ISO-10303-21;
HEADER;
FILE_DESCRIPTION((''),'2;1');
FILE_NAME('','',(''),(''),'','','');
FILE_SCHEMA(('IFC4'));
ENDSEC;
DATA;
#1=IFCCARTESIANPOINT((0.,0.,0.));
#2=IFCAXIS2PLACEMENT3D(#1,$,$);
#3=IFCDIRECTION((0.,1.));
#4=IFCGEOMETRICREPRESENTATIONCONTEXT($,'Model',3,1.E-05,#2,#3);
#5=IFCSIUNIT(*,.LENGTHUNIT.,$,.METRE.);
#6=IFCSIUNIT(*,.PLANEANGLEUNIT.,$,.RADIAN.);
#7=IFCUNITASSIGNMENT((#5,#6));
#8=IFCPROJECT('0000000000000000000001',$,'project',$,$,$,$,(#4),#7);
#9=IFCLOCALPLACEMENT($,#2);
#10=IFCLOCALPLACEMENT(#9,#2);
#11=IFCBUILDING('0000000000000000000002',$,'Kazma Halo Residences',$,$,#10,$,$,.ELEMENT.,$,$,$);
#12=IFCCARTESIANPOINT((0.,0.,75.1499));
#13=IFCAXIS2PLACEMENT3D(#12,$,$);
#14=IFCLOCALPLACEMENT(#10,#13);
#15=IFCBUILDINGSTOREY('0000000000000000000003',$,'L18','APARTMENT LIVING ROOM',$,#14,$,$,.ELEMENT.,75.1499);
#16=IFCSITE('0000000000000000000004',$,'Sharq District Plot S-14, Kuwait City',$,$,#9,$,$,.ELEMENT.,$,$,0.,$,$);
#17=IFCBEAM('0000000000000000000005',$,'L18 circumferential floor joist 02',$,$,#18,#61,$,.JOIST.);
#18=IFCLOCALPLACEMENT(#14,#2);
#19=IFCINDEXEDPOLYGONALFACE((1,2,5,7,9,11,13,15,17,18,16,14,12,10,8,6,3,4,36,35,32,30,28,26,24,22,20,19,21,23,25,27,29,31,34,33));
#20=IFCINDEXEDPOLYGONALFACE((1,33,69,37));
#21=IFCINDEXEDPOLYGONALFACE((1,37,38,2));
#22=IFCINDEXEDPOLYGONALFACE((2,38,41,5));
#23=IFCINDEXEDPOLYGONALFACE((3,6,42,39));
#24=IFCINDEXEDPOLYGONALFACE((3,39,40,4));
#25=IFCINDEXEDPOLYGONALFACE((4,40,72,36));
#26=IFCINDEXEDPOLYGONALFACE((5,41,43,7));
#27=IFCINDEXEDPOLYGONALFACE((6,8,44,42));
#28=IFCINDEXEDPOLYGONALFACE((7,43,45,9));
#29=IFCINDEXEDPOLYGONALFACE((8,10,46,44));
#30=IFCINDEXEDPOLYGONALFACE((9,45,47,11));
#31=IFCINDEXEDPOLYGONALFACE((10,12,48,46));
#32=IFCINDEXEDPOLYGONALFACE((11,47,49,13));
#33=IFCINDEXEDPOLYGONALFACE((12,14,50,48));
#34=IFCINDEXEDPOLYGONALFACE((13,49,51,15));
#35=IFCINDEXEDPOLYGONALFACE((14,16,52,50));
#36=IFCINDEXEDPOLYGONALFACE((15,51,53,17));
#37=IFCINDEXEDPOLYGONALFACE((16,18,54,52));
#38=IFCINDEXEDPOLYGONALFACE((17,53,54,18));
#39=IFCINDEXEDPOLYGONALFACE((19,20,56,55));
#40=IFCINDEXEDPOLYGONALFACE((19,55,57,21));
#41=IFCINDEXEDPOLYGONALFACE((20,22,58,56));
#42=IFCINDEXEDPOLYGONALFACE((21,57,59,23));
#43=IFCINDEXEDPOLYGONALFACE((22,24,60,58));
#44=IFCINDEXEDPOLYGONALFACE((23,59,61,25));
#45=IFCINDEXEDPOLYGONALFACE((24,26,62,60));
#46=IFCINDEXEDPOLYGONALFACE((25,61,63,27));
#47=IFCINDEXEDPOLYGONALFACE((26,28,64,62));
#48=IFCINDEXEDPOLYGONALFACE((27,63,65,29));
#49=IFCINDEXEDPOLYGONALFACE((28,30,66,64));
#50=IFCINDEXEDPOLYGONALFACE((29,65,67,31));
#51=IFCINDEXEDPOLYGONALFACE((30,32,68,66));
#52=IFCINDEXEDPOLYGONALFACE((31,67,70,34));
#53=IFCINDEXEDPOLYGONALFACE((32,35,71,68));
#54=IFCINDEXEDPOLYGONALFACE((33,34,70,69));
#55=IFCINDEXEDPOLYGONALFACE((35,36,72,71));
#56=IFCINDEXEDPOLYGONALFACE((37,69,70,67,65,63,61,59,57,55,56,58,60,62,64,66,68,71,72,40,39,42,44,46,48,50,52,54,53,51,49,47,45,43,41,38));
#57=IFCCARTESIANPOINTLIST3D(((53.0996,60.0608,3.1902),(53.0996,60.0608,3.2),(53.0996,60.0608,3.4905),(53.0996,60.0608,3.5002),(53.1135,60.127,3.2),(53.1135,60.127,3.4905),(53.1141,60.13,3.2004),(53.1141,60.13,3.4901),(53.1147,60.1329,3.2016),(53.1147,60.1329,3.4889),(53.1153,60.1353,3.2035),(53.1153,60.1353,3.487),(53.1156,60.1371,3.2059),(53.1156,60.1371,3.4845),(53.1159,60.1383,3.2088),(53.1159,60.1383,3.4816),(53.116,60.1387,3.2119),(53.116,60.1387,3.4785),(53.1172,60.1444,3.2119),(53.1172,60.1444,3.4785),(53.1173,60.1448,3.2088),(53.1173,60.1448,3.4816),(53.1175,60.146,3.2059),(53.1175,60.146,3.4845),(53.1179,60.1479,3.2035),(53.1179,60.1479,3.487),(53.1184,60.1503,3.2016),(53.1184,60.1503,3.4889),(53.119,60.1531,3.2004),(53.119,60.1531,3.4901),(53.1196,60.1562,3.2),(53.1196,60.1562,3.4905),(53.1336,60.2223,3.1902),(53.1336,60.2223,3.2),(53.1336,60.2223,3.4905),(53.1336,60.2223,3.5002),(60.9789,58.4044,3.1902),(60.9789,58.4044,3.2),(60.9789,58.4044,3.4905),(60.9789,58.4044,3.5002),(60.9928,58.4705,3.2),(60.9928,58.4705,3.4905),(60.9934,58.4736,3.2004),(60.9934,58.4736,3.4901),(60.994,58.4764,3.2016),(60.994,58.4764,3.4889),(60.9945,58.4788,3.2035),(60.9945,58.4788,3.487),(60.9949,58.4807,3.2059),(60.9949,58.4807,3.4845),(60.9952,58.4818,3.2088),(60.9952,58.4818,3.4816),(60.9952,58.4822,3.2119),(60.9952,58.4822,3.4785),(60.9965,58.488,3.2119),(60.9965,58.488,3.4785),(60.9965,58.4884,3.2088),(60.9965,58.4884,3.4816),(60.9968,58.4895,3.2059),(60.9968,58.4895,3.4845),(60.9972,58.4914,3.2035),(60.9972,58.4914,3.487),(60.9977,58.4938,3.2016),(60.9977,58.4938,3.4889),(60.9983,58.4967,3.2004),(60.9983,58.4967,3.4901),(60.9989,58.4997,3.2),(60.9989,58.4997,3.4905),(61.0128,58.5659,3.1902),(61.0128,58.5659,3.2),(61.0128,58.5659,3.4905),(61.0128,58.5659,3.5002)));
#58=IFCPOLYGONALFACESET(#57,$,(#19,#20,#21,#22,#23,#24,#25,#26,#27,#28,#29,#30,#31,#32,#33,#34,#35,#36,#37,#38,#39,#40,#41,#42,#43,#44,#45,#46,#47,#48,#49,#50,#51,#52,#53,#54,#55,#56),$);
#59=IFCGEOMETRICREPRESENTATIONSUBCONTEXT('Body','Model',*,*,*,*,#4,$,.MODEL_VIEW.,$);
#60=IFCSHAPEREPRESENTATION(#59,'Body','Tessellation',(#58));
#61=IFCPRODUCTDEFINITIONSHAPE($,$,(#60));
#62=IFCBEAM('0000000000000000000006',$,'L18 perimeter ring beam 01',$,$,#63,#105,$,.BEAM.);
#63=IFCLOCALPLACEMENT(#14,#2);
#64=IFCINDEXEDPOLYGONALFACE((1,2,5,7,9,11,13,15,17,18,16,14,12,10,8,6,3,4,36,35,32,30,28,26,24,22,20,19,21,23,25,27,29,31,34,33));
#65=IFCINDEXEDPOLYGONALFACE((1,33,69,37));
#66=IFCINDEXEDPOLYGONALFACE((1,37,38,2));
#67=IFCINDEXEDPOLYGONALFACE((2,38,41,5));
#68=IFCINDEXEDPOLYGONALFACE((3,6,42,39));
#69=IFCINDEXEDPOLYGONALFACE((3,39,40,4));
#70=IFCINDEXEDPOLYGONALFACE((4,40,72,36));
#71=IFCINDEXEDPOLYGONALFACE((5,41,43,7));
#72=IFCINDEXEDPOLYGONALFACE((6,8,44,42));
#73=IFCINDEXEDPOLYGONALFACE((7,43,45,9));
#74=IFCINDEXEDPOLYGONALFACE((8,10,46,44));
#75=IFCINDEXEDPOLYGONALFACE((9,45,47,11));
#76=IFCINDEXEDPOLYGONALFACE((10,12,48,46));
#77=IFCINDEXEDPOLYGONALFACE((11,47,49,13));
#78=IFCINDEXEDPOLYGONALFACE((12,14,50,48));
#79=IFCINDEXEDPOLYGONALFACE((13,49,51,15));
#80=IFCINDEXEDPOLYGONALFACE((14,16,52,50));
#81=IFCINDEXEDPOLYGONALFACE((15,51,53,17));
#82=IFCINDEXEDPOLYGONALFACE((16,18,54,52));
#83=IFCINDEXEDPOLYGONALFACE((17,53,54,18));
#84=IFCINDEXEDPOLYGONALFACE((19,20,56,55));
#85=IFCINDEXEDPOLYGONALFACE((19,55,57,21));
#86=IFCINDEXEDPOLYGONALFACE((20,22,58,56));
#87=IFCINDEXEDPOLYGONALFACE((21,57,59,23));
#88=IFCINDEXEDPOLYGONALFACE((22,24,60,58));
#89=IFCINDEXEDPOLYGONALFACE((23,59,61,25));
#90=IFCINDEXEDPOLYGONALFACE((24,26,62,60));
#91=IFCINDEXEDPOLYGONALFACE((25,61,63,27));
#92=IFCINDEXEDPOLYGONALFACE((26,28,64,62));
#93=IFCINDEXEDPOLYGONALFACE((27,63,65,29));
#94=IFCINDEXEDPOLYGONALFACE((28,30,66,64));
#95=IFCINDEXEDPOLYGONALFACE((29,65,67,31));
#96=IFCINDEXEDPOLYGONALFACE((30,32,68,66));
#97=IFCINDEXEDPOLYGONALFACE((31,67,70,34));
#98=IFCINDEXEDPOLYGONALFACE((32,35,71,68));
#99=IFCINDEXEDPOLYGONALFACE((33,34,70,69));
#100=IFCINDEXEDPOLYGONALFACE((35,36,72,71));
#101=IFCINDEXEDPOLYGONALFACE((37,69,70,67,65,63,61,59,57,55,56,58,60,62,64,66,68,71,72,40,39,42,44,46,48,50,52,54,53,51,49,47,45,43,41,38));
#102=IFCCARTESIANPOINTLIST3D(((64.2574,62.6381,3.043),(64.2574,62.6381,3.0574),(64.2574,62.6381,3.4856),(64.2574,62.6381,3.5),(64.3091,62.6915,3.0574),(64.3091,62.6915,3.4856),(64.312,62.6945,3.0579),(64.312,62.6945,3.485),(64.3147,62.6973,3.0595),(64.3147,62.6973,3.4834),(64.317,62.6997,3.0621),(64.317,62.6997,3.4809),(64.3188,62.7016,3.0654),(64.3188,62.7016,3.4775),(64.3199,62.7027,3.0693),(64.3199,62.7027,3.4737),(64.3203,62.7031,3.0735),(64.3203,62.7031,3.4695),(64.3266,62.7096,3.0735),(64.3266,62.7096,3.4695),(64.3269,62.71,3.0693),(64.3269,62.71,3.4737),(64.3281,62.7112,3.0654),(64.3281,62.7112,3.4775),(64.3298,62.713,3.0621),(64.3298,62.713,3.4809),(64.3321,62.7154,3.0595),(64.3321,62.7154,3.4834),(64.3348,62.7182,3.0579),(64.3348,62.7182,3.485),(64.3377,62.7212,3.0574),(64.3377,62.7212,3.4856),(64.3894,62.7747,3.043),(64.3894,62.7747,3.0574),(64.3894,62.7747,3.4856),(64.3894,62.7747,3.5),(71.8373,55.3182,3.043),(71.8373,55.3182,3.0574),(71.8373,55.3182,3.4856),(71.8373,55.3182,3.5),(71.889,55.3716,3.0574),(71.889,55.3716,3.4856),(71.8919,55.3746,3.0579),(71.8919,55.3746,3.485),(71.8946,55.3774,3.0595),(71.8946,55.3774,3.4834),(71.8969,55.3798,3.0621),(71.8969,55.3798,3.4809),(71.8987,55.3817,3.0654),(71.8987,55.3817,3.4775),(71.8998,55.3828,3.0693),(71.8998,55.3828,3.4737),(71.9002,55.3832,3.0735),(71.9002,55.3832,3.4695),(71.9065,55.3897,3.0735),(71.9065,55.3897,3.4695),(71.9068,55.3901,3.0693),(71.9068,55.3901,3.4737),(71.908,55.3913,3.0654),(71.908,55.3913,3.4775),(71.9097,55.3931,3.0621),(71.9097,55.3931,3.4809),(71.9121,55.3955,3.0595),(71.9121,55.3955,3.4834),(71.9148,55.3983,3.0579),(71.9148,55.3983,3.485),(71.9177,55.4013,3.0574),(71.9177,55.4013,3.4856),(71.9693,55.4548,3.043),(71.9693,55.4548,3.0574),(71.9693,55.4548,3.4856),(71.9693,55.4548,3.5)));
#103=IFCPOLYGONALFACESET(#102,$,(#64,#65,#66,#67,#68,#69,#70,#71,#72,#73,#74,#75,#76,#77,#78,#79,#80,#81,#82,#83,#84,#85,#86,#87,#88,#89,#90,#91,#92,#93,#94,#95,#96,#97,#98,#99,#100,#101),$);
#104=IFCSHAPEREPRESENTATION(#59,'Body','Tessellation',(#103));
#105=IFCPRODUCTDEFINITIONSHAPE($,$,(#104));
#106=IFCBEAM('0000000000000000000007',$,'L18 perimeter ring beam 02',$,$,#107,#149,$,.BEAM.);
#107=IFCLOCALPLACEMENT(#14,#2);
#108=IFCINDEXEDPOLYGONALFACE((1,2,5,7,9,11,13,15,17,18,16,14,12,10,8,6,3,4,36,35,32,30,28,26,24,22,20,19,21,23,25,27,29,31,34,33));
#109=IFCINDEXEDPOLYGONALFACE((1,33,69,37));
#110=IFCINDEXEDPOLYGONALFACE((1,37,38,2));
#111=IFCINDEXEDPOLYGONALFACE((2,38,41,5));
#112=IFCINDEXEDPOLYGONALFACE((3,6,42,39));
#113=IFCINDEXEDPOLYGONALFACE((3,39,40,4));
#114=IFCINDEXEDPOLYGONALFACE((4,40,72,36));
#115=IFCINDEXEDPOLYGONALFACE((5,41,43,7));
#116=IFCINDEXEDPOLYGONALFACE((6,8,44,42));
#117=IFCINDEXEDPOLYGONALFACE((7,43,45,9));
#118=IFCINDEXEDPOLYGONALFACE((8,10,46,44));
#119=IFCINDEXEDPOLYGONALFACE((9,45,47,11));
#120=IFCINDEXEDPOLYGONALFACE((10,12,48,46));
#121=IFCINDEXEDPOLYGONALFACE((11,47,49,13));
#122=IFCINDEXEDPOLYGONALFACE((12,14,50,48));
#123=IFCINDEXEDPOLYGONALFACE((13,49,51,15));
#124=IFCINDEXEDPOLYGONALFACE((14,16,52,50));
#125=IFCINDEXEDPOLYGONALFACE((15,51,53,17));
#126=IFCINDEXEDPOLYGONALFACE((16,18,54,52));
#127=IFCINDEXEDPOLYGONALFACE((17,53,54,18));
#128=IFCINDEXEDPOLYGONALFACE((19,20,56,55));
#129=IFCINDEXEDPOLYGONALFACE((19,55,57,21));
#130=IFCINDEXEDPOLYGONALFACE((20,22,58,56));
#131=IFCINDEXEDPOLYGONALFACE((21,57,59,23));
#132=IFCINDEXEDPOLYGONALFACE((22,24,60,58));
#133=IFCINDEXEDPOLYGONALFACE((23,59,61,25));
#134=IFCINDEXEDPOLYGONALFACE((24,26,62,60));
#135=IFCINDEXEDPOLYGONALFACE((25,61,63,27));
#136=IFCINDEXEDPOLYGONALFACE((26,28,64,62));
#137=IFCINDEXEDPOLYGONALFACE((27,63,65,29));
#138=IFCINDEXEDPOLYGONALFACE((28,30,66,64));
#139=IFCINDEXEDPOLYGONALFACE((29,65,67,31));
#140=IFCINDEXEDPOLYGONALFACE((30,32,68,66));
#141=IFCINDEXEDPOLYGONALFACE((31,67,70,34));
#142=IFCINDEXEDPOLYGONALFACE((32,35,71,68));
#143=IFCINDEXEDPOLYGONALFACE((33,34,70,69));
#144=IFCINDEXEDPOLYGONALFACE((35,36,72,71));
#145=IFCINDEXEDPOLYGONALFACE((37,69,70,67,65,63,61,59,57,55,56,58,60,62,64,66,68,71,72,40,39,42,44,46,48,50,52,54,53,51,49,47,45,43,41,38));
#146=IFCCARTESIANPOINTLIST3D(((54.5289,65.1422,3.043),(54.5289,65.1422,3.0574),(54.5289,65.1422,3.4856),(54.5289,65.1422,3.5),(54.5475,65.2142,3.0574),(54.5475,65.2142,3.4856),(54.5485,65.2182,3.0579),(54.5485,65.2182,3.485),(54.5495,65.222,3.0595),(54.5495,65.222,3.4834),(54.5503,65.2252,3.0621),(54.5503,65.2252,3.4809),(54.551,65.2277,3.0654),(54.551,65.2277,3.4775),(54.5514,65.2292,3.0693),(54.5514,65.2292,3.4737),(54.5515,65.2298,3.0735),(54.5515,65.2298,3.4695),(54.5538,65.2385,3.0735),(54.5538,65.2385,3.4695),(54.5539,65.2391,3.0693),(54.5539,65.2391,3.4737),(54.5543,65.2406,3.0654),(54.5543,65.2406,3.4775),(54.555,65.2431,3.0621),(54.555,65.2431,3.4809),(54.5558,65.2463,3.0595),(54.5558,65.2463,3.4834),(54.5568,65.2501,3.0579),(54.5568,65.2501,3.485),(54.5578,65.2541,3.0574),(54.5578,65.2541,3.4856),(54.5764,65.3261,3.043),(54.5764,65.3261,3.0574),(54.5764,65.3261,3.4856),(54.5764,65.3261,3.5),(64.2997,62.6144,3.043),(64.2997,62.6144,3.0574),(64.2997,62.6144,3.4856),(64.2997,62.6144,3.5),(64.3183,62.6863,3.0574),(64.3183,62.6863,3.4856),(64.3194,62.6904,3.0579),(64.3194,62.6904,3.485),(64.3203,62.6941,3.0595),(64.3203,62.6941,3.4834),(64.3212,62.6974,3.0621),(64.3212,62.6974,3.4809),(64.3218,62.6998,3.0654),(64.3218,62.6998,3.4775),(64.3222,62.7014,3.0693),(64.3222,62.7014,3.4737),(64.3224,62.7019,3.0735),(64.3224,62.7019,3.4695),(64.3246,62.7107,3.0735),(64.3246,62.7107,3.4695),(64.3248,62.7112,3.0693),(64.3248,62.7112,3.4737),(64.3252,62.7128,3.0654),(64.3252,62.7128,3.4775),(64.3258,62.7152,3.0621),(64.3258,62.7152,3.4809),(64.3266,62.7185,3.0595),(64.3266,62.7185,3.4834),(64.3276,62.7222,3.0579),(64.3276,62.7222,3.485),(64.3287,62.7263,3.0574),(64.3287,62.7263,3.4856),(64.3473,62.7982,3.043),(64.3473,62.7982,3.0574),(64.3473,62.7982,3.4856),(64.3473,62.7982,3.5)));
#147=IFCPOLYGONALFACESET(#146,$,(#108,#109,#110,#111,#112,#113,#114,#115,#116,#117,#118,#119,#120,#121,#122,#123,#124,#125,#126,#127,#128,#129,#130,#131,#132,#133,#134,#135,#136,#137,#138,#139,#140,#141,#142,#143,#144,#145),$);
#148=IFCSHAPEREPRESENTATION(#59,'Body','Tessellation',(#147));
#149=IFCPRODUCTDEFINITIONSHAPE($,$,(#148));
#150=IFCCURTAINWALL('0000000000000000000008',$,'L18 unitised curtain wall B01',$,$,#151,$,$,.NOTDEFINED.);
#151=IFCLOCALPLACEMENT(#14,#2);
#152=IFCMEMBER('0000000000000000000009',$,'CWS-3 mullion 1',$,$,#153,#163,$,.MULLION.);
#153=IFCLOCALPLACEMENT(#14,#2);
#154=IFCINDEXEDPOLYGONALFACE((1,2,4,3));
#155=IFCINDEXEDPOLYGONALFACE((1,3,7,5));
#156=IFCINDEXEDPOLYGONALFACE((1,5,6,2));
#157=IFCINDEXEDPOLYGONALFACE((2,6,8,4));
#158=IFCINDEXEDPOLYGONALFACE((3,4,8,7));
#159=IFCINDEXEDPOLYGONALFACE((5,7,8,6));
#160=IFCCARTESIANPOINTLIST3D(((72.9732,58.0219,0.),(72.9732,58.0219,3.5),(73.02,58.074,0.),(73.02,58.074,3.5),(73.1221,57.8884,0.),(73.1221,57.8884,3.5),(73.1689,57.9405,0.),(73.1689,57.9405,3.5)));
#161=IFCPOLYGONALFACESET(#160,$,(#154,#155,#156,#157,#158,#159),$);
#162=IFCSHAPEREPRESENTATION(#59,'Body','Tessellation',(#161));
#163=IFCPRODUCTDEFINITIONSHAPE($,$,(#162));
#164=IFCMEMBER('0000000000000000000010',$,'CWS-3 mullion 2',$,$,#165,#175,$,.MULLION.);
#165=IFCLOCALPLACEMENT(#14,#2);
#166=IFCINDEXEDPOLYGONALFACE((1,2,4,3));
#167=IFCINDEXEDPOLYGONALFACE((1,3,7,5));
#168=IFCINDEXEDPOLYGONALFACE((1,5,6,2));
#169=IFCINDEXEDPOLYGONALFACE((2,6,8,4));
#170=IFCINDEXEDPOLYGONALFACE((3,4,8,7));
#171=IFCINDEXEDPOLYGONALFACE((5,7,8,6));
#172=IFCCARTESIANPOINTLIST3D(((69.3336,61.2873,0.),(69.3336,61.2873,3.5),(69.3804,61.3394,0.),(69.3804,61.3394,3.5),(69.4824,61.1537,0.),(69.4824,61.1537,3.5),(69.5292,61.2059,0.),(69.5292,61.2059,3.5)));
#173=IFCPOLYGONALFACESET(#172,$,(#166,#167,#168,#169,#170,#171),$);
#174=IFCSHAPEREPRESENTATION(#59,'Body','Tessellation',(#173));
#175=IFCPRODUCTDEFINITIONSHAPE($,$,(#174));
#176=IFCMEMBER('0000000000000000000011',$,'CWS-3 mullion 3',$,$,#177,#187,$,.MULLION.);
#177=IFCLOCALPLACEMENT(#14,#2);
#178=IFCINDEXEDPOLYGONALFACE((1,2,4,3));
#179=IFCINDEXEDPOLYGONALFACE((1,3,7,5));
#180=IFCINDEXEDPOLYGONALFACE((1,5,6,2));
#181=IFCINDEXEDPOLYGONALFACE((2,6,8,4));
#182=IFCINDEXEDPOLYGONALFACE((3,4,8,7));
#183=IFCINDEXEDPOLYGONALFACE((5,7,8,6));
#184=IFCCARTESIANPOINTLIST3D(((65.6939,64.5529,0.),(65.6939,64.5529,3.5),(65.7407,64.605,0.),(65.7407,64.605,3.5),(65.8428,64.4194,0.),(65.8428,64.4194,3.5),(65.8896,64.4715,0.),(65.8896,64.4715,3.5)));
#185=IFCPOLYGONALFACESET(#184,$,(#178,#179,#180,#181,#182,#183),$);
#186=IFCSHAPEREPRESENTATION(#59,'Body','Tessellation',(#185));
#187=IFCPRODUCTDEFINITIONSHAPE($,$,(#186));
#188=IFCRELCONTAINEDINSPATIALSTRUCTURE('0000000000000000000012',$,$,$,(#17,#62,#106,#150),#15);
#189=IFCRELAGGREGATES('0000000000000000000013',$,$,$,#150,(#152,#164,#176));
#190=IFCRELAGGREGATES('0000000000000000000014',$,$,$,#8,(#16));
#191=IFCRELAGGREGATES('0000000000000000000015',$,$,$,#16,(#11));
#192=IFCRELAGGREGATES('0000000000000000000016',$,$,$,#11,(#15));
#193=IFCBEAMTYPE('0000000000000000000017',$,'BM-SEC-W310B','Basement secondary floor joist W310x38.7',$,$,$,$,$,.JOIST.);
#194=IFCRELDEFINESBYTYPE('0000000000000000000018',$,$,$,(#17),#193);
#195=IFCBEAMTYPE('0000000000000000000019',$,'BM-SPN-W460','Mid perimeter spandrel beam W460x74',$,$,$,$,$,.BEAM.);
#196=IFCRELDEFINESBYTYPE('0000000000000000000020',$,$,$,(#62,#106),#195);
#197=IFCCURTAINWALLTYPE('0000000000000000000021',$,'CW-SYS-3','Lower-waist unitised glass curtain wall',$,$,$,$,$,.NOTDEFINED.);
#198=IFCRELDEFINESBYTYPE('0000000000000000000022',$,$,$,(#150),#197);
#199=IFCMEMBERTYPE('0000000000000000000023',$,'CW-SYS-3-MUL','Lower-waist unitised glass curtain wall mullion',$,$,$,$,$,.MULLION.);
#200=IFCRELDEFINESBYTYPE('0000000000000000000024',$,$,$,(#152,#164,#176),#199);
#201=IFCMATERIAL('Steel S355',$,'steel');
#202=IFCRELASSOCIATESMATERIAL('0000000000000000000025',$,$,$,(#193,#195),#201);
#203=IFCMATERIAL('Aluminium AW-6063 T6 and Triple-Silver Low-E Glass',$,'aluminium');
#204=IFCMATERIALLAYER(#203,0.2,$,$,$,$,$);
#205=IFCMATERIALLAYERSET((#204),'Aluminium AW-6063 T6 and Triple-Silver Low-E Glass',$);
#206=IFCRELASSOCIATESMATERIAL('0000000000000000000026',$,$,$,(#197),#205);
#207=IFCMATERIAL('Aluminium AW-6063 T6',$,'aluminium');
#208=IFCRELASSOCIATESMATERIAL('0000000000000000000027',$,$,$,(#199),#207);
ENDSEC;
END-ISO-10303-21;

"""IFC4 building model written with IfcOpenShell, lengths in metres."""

from ifc_helpers import new_model, si_unit, direction, frame, origin, origin_2d, place, context, subcontext, project, spatial, rectangle, i_section, extrude, material, layer, layer_set, material_profile, profile_set, type_object, element, aggregate, save


model = new_model("IFC4")

# Units and contexts
model_context = context("Model", 3, precision=1e-05, world=origin(), true_north=direction((0.0, 1.0)))
body_context = subcontext(model_context, "Body", "Model", "MODEL_VIEW")
ifc_project = project(units=[si_unit("LENGTHUNIT", "METRE"), si_unit("PLANEANGLEUNIT", "RADIAN")], contexts=[model_context])

# Site, building, storey
site_placement = place(None, origin())
site = spatial("IfcSite", under=ifc_project, at=site_placement, Name="Sharq District Plot S-14, Kuwait City", CompositionType="ELEMENT", RefElevation=0.0)
building_placement = place(site_placement, origin())
building = spatial("IfcBuilding", under=site, at=building_placement, Name="Kazma Halo Residences", CompositionType="ELEMENT")
storey_placement = place(building_placement, frame((0.0, 0.0, 75.1499)))
storey = spatial("IfcBuildingStorey", under=building, at=storey_placement, Name="L18", Description="APARTMENT LIVING ROOM", CompositionType="ELEMENT", Elevation=75.1499)

# Beams
ifc_material_1 = material(Name="Steel S355", Category="steel")
ifc_material_profile_1 = material_profile(ifc_material_1, i_section(OverallWidth=0.165, OverallDepth=0.3101, WebThickness=0.0059, FlangeThickness=0.0098, FilletRadius=0.012, at=origin_2d()), Name="W310x38.7")
ifc_profile_set_1 = profile_set([ifc_material_profile_1], Name="Steel S355")
beam_type_1 = type_object("IfcBeamType", Name="BM-SEC-W310B", Description="Basement secondary floor joist W310x38.7", PredefinedType="JOIST", material=ifc_profile_set_1)
beam_1_placement = place(storey_placement, frame((60.9958, 58.4851, 3.3452), z_axis=(-0.978608, 0.205734, 0.0), x_axis=(-0.205734, -0.978608, 0.0)))
element("IfcBeam", 1, at=beam_1_placement, inside=storey, type_object=beam_type_1, Name="L18 circumferential floor joist 02", PredefinedType="JOIST", context=body_context, shape_type="SweptSolid", body=[
    extrude(i_section(OverallWidth=0.165, OverallDepth=0.3101, WebThickness=0.0059, FlangeThickness=0.0098, FilletRadius=0.012, at=origin_2d()), origin(), (0.0, 0.0, 1.0), 8.0515),
])
ifc_material_profile_2 = material_profile(ifc_material_1, i_section(OverallWidth=0.1899, OverallDepth=0.457, WebThickness=0.009, FlangeThickness=0.0144, FilletRadius=0.0161, at=origin_2d()), Name="W460x74")
ifc_profile_set_2 = profile_set([ifc_material_profile_2], Name="Steel S355")
beam_type_2 = type_object("IfcBeamType", Name="BM-SPN-W460", Description="Mid perimeter spandrel beam W460x74", PredefinedType="BEAM", material=ifc_profile_set_2)
beam_2_placement = place(storey_placement, frame((71.9033, 55.3865, 3.2715), z_axis=(-0.719337, 0.694661, 0.0), x_axis=(-0.694661, -0.719337, 0.0)))
element("IfcBeam", 2, at=beam_2_placement, inside=storey, type_object=beam_type_2, Name="L18 perimeter ring beam 01", PredefinedType="BEAM", context=body_context, shape_type="SweptSolid", body=[
    extrude(i_section(OverallWidth=0.1899, OverallDepth=0.457, WebThickness=0.009, FlangeThickness=0.0144, FilletRadius=0.0161, at=origin_2d()), origin(), (0.0, 0.0, 1.0), 10.5374),
])
beam_3_placement = place(storey_placement, frame((64.3235, 62.7063, 3.2715), z_axis=(-0.968125, 0.250468, 0.0), x_axis=(-0.250468, -0.968125, 0.0)))
element("IfcBeam", 3, at=beam_3_placement, inside=storey, type_object=beam_type_2, Name="L18 perimeter ring beam 02", PredefinedType="BEAM", context=body_context, shape_type="SweptSolid", body=[
    extrude(i_section(OverallWidth=0.1899, OverallDepth=0.457, WebThickness=0.009, FlangeThickness=0.0144, FilletRadius=0.0161, at=origin_2d()), origin(), (0.0, 0.0, 1.0), 10.0925),
])

# Curtain wall, members
ifc_material_2 = material(Name="Aluminium AW-6063 T6 and Triple-Silver Low-E Glass", Category="aluminium")
ifc_layer_1 = layer(ifc_material_2, 0.2)
ifc_layer_set_1 = layer_set([ifc_layer_1], Name="Aluminium AW-6063 T6 and Triple-Silver Low-E Glass")
curtain_wall_type = type_object("IfcCurtainWallType", Name="CW-SYS-3", Description="Lower-waist unitised glass curtain wall", PredefinedType="NOTDEFINED", material=ifc_layer_set_1)
curtain_wall_1_placement = place(storey_placement, origin())
curtain_wall_1 = element("IfcCurtainWall", 4, at=curtain_wall_1_placement, inside=storey, type_object=curtain_wall_type, Name="L18 unitised curtain wall B01", PredefinedType="NOTDEFINED")
ifc_material_3 = material(Name="Aluminium AW-6063 T6", Category="aluminium")
ifc_material_profile_3 = material_profile(ifc_material_3, rectangle(XDim=0.0701, YDim=0.2, at=origin_2d()), Name="CWM-70x200")
ifc_profile_set_3 = profile_set([ifc_material_profile_3], Name="Aluminium AW-6063 T6")
member_type_1 = type_object("IfcMemberType", Name="CW-SYS-3-MUL", Description="Lower-waist unitised glass curtain wall mullion", PredefinedType="MULLION", material=ifc_profile_set_3)
member_1_placement = place(storey_placement, frame((73.071, 57.9812, 0.0), z_axis=(0.0, 0.0, 1.0), x_axis=(-0.667795, -0.744345, 0.0)))
member_1 = element("IfcMember", 5, at=member_1_placement, type_object=member_type_1, Name="CWS-3 mullion 1", PredefinedType="MULLION", context=body_context, shape_type="SweptSolid", body=[
    extrude(rectangle(XDim=0.0701, YDim=0.2, at=origin_2d()), origin(), (0.0, 0.0, 1.0), 3.5),
])
member_2_placement = place(storey_placement, frame((69.4314, 61.2466, 0.0), z_axis=(0.0, 0.0, 1.0), x_axis=(-0.667795, -0.744345, 0.0)))
member_2 = element("IfcMember", 6, at=member_2_placement, type_object=member_type_1, Name="CWS-3 mullion 2", PredefinedType="MULLION", context=body_context, shape_type="SweptSolid", body=[
    extrude(rectangle(XDim=0.0701, YDim=0.2, at=origin_2d()), origin(), (0.0, 0.0, 1.0), 3.5),
])
member_3_placement = place(storey_placement, frame((65.7917, 64.5122, 0.0), z_axis=(0.0, 0.0, 1.0), x_axis=(-0.667795, -0.744345, 0.0)))
member_3 = element("IfcMember", 7, at=member_3_placement, type_object=member_type_1, Name="CWS-3 mullion 3", PredefinedType="MULLION", context=body_context, shape_type="SweptSolid", body=[
    extrude(rectangle(XDim=0.0701, YDim=0.2, at=origin_2d()), origin(), (0.0, 0.0, 1.0), 3.5),
])

aggregate(curtain_wall_1, [member_1, member_2, member_3])

save(model, "model.ifc")
